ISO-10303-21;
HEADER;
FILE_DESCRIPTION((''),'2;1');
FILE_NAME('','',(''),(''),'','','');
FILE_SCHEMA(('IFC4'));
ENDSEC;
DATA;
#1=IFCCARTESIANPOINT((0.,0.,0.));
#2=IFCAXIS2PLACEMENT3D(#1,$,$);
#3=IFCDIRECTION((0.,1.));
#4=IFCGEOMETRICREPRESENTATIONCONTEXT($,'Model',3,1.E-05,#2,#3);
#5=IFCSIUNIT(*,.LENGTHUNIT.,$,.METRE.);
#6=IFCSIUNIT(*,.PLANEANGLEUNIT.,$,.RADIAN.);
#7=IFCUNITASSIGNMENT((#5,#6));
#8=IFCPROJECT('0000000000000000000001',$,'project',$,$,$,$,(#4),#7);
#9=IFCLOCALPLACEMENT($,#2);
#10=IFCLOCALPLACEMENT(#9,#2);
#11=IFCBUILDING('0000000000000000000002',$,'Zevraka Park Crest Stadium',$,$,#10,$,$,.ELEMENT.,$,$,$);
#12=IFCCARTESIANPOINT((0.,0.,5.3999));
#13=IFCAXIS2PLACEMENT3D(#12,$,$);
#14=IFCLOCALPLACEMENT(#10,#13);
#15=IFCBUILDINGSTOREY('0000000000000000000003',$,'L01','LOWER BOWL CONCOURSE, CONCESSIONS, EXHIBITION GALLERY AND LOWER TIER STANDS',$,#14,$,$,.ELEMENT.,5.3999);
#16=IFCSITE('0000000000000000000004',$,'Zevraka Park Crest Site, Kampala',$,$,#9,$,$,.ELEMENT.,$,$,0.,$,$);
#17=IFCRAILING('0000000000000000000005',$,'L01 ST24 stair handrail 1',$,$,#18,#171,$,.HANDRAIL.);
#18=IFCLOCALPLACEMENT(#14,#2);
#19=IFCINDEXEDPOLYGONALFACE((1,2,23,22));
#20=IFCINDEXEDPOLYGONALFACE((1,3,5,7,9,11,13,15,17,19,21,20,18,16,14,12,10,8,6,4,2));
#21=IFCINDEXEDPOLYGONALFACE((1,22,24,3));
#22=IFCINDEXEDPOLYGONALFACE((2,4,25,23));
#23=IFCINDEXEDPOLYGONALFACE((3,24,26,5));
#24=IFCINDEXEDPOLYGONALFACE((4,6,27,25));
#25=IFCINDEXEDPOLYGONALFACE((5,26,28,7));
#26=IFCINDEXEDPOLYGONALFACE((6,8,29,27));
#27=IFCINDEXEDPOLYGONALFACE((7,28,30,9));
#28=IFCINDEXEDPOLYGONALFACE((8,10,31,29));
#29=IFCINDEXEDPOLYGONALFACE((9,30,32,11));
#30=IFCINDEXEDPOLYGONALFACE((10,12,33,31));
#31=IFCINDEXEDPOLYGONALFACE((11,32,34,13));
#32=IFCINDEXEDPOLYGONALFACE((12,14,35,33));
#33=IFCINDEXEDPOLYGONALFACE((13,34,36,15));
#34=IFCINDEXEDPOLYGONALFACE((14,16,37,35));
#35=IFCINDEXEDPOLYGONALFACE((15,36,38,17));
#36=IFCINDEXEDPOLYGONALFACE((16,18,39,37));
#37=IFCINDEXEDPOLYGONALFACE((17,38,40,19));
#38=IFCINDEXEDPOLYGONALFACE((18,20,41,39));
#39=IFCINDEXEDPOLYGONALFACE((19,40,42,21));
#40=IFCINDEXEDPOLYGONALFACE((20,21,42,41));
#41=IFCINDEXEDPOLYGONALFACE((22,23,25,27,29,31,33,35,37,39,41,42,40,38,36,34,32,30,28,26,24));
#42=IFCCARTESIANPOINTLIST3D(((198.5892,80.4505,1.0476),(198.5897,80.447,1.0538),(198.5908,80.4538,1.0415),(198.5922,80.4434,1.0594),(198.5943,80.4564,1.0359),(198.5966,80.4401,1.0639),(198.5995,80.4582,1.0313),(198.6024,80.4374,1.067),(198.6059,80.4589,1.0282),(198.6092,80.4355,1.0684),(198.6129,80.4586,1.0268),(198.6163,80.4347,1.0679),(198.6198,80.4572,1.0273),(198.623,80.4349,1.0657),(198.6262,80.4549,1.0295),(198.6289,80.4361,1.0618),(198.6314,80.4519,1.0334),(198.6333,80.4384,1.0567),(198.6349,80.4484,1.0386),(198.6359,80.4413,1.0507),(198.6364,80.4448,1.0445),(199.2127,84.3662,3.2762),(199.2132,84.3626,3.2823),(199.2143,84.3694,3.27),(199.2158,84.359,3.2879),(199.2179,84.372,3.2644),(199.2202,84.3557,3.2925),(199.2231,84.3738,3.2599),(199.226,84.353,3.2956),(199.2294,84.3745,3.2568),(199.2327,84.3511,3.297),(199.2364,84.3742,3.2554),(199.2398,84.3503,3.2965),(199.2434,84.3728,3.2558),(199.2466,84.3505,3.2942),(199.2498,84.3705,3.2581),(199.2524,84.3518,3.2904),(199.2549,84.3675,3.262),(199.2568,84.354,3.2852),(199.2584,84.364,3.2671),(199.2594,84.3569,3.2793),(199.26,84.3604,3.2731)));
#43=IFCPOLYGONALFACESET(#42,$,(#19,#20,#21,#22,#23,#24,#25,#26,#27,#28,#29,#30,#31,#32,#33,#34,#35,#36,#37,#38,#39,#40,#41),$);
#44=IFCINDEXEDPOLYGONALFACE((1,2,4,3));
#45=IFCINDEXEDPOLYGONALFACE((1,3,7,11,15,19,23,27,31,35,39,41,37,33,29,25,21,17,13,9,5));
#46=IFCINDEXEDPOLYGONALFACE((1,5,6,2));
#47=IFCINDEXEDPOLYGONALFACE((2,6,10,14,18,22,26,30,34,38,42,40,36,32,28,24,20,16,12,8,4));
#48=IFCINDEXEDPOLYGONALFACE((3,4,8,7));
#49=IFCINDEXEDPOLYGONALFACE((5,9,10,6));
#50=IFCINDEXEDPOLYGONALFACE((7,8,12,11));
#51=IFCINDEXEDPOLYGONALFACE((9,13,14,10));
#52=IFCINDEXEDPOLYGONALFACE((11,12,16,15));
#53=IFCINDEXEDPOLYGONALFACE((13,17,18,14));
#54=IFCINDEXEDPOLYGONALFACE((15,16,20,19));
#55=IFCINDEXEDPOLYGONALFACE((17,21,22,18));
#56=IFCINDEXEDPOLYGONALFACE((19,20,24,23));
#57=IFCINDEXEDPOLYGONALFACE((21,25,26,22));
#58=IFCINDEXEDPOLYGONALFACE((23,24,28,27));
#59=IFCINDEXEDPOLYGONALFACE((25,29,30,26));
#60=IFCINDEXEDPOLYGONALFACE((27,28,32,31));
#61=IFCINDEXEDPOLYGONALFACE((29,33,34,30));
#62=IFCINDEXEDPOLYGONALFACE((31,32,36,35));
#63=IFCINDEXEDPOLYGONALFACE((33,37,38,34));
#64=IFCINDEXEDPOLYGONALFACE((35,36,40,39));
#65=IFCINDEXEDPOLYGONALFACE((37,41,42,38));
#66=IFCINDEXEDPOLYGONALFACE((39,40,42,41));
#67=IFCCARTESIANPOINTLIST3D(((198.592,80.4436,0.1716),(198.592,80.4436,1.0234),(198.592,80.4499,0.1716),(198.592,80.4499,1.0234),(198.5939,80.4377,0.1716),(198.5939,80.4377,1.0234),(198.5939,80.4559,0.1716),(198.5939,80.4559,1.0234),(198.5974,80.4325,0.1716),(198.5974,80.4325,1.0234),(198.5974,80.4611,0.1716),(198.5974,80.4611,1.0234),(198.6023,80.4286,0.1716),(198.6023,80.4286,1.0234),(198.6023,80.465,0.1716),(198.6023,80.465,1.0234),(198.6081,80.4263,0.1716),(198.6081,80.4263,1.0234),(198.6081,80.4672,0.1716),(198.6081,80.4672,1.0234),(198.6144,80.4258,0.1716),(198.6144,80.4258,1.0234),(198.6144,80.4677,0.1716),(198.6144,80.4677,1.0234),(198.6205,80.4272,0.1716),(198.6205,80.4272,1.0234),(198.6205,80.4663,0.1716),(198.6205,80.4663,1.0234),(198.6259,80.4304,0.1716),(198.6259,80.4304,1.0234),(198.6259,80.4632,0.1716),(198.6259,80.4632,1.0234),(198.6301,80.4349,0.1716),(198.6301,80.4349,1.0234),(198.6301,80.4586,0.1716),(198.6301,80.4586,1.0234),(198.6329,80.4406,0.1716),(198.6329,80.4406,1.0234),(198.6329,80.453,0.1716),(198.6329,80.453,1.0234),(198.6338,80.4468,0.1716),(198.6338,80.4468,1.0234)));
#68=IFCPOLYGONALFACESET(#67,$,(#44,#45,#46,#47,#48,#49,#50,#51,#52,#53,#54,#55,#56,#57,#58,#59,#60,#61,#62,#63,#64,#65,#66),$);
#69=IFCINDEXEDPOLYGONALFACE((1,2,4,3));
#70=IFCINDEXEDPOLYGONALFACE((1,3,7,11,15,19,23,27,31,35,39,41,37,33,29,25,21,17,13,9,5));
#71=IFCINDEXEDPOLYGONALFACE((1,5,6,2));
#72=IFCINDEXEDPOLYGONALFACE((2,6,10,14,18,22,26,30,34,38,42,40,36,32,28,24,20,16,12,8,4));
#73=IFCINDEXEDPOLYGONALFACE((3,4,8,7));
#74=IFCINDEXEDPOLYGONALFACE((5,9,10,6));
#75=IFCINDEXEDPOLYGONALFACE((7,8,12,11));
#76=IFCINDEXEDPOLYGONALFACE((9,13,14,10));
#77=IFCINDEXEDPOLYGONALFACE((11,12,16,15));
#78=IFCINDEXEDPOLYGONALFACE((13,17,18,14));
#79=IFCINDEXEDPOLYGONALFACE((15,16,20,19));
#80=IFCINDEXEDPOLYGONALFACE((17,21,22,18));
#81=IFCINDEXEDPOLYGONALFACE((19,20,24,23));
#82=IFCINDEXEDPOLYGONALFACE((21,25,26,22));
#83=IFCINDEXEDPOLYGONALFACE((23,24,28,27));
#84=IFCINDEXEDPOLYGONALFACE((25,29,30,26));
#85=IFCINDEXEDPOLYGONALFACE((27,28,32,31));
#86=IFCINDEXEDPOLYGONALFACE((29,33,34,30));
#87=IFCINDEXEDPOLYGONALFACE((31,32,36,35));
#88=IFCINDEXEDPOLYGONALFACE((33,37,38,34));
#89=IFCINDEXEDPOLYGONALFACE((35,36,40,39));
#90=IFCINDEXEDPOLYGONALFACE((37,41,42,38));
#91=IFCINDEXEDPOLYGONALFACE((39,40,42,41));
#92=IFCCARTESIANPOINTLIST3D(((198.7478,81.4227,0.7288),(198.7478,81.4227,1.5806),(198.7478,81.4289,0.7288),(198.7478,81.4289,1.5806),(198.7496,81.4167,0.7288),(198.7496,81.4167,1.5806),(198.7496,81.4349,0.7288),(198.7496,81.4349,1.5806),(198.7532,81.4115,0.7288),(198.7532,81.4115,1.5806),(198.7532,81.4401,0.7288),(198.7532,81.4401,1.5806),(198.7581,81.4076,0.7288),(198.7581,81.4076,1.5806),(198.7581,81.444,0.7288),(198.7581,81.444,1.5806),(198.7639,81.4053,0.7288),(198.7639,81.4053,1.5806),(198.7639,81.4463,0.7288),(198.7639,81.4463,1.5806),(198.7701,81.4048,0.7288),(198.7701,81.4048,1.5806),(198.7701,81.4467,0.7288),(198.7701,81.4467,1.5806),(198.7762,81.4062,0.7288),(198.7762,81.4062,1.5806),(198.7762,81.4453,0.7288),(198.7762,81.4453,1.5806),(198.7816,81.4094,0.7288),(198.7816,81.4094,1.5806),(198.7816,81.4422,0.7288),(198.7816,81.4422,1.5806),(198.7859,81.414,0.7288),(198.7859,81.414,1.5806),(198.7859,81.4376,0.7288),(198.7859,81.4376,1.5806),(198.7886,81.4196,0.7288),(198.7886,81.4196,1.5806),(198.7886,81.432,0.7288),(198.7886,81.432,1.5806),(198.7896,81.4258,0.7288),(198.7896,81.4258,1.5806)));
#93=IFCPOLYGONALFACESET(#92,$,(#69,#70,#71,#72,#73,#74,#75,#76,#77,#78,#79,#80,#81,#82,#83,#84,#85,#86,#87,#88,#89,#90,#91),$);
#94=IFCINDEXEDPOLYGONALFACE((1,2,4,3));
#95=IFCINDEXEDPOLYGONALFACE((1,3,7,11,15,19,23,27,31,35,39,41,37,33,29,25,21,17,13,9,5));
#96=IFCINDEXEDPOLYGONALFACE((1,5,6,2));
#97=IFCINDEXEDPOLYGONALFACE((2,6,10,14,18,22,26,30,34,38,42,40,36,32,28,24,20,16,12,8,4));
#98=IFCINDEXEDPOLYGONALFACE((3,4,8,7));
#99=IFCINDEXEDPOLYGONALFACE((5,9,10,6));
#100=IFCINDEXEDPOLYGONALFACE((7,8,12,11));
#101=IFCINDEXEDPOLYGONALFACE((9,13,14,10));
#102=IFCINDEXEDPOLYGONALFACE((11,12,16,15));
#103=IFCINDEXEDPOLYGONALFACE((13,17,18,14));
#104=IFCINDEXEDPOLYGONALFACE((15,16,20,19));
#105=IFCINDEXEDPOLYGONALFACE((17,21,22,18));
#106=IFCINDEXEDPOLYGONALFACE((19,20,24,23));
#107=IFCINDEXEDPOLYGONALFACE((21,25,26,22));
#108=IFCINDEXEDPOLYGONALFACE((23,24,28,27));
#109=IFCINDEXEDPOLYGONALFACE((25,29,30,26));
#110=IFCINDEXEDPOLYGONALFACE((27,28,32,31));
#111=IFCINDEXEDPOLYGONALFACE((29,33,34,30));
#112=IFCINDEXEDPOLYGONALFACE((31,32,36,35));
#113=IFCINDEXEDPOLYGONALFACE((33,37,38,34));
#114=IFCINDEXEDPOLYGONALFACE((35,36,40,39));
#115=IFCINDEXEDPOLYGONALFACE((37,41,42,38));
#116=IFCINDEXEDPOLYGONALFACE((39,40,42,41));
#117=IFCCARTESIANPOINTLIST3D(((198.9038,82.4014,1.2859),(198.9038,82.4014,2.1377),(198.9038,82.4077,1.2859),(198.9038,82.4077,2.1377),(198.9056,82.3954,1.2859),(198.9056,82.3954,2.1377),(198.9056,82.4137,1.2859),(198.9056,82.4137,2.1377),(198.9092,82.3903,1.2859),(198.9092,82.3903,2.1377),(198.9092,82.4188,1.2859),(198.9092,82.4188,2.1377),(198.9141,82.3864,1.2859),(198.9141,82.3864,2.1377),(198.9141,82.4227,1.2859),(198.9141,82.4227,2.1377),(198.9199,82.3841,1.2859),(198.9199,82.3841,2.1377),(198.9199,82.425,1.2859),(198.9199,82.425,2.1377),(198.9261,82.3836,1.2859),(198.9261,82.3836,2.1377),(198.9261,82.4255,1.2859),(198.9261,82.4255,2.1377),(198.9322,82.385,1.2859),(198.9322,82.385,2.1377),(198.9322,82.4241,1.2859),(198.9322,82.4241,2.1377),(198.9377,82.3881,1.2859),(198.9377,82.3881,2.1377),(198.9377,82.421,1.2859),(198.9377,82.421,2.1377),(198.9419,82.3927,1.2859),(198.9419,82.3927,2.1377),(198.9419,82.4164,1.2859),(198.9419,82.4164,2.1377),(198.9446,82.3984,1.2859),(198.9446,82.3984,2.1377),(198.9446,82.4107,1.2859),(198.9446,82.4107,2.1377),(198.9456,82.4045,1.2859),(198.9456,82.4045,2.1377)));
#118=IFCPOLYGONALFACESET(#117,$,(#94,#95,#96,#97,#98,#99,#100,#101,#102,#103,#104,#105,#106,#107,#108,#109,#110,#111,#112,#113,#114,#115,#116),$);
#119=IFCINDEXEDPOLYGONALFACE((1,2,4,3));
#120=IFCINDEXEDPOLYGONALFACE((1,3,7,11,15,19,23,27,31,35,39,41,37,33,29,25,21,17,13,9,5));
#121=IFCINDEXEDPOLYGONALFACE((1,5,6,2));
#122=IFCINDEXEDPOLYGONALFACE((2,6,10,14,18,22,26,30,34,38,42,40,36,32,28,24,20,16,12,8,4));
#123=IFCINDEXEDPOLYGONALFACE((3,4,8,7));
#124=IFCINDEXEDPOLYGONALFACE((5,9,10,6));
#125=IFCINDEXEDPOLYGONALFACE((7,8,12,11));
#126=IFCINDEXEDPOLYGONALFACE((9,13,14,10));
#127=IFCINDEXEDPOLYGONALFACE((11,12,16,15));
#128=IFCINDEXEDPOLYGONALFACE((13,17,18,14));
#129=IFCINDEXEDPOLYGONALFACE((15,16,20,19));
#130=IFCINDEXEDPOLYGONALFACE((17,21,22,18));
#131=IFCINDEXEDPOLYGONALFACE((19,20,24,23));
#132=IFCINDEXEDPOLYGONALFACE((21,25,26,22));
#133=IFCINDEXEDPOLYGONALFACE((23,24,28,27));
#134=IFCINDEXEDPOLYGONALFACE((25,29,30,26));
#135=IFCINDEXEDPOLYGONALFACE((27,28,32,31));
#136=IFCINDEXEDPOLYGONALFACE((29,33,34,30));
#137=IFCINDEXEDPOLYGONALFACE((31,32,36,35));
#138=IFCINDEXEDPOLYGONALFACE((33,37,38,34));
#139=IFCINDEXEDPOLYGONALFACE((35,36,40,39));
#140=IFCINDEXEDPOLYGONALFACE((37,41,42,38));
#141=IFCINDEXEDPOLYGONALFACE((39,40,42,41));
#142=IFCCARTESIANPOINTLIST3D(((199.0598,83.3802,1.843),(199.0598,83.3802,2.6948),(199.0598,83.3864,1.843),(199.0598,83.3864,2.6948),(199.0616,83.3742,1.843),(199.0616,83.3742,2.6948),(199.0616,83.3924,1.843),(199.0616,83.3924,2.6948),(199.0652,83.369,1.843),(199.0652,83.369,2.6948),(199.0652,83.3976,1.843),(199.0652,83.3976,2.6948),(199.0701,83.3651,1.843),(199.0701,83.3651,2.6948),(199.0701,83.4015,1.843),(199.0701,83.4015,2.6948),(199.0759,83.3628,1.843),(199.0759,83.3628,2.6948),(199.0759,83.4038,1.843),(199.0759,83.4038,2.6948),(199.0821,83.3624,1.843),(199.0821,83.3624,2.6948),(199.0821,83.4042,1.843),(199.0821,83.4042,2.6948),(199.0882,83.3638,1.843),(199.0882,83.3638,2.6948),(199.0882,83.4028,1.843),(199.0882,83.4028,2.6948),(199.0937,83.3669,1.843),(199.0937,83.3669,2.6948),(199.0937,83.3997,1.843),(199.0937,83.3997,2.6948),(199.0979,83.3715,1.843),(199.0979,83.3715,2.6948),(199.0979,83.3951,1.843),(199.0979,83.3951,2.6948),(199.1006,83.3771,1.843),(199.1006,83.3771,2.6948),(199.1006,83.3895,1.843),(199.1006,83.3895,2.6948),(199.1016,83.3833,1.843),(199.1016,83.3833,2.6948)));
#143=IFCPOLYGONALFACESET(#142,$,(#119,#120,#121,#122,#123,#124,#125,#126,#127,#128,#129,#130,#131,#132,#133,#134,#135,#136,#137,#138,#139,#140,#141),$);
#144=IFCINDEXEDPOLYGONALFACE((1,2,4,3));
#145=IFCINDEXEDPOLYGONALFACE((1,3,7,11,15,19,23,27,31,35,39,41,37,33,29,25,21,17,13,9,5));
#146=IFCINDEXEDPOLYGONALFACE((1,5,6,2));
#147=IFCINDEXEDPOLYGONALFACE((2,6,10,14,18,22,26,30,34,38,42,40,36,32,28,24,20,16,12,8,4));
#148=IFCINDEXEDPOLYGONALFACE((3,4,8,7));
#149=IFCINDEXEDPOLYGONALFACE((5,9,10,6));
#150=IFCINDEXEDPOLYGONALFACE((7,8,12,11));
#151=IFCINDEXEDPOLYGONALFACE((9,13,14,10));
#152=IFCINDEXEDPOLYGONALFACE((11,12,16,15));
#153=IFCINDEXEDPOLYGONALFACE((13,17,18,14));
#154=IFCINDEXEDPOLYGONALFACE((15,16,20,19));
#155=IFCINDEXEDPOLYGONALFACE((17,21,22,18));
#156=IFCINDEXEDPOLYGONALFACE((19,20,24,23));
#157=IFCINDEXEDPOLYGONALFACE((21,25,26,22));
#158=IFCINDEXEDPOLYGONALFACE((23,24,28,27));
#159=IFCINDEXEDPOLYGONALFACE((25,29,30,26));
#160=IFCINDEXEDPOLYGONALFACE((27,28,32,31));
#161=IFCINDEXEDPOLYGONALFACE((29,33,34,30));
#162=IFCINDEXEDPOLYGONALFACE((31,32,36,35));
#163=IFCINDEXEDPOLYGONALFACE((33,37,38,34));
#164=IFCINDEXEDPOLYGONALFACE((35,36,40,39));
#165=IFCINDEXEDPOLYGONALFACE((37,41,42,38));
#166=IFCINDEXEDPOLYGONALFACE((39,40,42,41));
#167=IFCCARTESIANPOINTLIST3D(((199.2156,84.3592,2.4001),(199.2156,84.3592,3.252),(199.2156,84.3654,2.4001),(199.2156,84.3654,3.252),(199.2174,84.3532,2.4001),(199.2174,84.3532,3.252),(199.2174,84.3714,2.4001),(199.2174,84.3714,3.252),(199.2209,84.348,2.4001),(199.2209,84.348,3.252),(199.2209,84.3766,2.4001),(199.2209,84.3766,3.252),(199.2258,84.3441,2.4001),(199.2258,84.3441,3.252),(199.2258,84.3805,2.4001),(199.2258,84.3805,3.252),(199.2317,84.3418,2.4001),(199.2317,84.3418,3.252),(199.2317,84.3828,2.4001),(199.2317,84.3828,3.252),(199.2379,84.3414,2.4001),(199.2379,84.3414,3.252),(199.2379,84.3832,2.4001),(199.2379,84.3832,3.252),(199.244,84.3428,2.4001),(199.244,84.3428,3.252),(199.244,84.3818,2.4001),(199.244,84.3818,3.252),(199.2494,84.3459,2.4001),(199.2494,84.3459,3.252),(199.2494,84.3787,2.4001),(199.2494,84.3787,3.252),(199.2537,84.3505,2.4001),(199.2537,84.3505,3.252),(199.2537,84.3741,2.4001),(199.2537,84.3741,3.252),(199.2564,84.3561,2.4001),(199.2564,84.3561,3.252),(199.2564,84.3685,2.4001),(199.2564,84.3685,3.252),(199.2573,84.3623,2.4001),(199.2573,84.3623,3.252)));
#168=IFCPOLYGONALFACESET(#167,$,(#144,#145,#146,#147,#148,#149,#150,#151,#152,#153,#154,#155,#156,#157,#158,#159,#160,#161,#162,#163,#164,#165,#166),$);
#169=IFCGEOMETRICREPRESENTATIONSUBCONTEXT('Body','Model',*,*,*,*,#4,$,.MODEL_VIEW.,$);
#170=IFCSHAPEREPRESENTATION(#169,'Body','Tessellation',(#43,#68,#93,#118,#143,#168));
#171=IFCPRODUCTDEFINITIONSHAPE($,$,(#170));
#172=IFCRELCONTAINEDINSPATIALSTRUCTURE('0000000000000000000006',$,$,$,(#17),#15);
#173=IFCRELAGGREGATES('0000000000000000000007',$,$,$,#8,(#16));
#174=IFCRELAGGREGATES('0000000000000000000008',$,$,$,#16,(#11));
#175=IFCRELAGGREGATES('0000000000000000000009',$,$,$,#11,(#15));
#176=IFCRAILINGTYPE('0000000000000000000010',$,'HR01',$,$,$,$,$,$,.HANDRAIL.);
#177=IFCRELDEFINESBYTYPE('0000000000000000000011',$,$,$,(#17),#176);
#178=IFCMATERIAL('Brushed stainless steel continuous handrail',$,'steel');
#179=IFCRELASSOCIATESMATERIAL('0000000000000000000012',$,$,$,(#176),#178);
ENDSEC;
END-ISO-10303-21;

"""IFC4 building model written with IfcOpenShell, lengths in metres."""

from ifc_helpers import new_model, si_unit, direction, frame, origin, origin_2d, place, context, subcontext, project, spatial, circle, extrude, material, type_object, element, save


model = new_model("IFC4")

# Units and contexts
model_context = context("Model", 3, precision=1e-05, world=origin(), true_north=direction((0.0, 1.0)))
body_context = subcontext(model_context, "Body", "Model", "MODEL_VIEW")
ifc_project = project(units=[si_unit("LENGTHUNIT", "METRE"), si_unit("PLANEANGLEUNIT", "RADIAN")], contexts=[model_context])

# Site, building, storey
site_placement = place(None, origin())
site = spatial("IfcSite", under=ifc_project, at=site_placement, Name="Zevraka Park Crest Site, Kampala", CompositionType="ELEMENT", RefElevation=0.0)
building_placement = place(site_placement, origin())
building = spatial("IfcBuilding", under=site, at=building_placement, Name="Zevraka Park Crest Stadium", CompositionType="ELEMENT")
storey_placement = place(building_placement, frame((0.0, 0.0, 5.3999)))
storey = spatial("IfcBuildingStorey", under=building, at=storey_placement, Name="L01", Description="LOWER BOWL CONCOURSE, CONCESSIONS, EXHIBITION GALLERY AND LOWER TIER STANDS", CompositionType="ELEMENT", Elevation=5.3999)

# Railing
ifc_material_1 = material(Name="Brushed stainless steel continuous handrail", Category="steel")
railing_type_1 = type_object("IfcRailingType", Name="HR01", PredefinedType="HANDRAIL", material=ifc_material_1)
railing_1_placement = place(storey_placement, frame((198.6128, 80.4468, 0.1716)))
element("IfcRailing", 1, at=railing_1_placement, inside=storey, type_object=railing_type_1, Name="L01 ST24 stair handrail 1", PredefinedType="HANDRAIL", context=body_context, shape_type="SweptSolid", body=[
    extrude(circle(Radius=0.0239, at=origin_2d()), frame((0.0, 0.0, 0.876), z_axis=(0.137094, 0.86089, 0.489974), x_axis=(-0.987556, 0.157265, 0.0)), (0.0, 0.0, 1.0), 4.5483),
    extrude(circle(Radius=0.021, at=origin_2d()), origin(), (0.0, 0.0, 1.0), 0.8518),
    extrude(circle(Radius=0.021, at=origin_2d()), frame((0.1558, 0.979, 0.5571)), (0.0, 0.0, 1.0), 0.8518),
    extrude(circle(Radius=0.021, at=origin_2d()), frame((0.3118, 1.9578, 1.1143)), (0.0, 0.0, 1.0), 0.8518),
    extrude(circle(Radius=0.021, at=origin_2d()), frame((0.4678, 2.9365, 1.6714)), (0.0, 0.0, 1.0), 0.8518),
    extrude(circle(Radius=0.021, at=origin_2d()), frame((0.6235, 3.9155, 2.2285)), (0.0, 0.0, 1.0), 0.8518),
])

save(model, "model.ifc")
